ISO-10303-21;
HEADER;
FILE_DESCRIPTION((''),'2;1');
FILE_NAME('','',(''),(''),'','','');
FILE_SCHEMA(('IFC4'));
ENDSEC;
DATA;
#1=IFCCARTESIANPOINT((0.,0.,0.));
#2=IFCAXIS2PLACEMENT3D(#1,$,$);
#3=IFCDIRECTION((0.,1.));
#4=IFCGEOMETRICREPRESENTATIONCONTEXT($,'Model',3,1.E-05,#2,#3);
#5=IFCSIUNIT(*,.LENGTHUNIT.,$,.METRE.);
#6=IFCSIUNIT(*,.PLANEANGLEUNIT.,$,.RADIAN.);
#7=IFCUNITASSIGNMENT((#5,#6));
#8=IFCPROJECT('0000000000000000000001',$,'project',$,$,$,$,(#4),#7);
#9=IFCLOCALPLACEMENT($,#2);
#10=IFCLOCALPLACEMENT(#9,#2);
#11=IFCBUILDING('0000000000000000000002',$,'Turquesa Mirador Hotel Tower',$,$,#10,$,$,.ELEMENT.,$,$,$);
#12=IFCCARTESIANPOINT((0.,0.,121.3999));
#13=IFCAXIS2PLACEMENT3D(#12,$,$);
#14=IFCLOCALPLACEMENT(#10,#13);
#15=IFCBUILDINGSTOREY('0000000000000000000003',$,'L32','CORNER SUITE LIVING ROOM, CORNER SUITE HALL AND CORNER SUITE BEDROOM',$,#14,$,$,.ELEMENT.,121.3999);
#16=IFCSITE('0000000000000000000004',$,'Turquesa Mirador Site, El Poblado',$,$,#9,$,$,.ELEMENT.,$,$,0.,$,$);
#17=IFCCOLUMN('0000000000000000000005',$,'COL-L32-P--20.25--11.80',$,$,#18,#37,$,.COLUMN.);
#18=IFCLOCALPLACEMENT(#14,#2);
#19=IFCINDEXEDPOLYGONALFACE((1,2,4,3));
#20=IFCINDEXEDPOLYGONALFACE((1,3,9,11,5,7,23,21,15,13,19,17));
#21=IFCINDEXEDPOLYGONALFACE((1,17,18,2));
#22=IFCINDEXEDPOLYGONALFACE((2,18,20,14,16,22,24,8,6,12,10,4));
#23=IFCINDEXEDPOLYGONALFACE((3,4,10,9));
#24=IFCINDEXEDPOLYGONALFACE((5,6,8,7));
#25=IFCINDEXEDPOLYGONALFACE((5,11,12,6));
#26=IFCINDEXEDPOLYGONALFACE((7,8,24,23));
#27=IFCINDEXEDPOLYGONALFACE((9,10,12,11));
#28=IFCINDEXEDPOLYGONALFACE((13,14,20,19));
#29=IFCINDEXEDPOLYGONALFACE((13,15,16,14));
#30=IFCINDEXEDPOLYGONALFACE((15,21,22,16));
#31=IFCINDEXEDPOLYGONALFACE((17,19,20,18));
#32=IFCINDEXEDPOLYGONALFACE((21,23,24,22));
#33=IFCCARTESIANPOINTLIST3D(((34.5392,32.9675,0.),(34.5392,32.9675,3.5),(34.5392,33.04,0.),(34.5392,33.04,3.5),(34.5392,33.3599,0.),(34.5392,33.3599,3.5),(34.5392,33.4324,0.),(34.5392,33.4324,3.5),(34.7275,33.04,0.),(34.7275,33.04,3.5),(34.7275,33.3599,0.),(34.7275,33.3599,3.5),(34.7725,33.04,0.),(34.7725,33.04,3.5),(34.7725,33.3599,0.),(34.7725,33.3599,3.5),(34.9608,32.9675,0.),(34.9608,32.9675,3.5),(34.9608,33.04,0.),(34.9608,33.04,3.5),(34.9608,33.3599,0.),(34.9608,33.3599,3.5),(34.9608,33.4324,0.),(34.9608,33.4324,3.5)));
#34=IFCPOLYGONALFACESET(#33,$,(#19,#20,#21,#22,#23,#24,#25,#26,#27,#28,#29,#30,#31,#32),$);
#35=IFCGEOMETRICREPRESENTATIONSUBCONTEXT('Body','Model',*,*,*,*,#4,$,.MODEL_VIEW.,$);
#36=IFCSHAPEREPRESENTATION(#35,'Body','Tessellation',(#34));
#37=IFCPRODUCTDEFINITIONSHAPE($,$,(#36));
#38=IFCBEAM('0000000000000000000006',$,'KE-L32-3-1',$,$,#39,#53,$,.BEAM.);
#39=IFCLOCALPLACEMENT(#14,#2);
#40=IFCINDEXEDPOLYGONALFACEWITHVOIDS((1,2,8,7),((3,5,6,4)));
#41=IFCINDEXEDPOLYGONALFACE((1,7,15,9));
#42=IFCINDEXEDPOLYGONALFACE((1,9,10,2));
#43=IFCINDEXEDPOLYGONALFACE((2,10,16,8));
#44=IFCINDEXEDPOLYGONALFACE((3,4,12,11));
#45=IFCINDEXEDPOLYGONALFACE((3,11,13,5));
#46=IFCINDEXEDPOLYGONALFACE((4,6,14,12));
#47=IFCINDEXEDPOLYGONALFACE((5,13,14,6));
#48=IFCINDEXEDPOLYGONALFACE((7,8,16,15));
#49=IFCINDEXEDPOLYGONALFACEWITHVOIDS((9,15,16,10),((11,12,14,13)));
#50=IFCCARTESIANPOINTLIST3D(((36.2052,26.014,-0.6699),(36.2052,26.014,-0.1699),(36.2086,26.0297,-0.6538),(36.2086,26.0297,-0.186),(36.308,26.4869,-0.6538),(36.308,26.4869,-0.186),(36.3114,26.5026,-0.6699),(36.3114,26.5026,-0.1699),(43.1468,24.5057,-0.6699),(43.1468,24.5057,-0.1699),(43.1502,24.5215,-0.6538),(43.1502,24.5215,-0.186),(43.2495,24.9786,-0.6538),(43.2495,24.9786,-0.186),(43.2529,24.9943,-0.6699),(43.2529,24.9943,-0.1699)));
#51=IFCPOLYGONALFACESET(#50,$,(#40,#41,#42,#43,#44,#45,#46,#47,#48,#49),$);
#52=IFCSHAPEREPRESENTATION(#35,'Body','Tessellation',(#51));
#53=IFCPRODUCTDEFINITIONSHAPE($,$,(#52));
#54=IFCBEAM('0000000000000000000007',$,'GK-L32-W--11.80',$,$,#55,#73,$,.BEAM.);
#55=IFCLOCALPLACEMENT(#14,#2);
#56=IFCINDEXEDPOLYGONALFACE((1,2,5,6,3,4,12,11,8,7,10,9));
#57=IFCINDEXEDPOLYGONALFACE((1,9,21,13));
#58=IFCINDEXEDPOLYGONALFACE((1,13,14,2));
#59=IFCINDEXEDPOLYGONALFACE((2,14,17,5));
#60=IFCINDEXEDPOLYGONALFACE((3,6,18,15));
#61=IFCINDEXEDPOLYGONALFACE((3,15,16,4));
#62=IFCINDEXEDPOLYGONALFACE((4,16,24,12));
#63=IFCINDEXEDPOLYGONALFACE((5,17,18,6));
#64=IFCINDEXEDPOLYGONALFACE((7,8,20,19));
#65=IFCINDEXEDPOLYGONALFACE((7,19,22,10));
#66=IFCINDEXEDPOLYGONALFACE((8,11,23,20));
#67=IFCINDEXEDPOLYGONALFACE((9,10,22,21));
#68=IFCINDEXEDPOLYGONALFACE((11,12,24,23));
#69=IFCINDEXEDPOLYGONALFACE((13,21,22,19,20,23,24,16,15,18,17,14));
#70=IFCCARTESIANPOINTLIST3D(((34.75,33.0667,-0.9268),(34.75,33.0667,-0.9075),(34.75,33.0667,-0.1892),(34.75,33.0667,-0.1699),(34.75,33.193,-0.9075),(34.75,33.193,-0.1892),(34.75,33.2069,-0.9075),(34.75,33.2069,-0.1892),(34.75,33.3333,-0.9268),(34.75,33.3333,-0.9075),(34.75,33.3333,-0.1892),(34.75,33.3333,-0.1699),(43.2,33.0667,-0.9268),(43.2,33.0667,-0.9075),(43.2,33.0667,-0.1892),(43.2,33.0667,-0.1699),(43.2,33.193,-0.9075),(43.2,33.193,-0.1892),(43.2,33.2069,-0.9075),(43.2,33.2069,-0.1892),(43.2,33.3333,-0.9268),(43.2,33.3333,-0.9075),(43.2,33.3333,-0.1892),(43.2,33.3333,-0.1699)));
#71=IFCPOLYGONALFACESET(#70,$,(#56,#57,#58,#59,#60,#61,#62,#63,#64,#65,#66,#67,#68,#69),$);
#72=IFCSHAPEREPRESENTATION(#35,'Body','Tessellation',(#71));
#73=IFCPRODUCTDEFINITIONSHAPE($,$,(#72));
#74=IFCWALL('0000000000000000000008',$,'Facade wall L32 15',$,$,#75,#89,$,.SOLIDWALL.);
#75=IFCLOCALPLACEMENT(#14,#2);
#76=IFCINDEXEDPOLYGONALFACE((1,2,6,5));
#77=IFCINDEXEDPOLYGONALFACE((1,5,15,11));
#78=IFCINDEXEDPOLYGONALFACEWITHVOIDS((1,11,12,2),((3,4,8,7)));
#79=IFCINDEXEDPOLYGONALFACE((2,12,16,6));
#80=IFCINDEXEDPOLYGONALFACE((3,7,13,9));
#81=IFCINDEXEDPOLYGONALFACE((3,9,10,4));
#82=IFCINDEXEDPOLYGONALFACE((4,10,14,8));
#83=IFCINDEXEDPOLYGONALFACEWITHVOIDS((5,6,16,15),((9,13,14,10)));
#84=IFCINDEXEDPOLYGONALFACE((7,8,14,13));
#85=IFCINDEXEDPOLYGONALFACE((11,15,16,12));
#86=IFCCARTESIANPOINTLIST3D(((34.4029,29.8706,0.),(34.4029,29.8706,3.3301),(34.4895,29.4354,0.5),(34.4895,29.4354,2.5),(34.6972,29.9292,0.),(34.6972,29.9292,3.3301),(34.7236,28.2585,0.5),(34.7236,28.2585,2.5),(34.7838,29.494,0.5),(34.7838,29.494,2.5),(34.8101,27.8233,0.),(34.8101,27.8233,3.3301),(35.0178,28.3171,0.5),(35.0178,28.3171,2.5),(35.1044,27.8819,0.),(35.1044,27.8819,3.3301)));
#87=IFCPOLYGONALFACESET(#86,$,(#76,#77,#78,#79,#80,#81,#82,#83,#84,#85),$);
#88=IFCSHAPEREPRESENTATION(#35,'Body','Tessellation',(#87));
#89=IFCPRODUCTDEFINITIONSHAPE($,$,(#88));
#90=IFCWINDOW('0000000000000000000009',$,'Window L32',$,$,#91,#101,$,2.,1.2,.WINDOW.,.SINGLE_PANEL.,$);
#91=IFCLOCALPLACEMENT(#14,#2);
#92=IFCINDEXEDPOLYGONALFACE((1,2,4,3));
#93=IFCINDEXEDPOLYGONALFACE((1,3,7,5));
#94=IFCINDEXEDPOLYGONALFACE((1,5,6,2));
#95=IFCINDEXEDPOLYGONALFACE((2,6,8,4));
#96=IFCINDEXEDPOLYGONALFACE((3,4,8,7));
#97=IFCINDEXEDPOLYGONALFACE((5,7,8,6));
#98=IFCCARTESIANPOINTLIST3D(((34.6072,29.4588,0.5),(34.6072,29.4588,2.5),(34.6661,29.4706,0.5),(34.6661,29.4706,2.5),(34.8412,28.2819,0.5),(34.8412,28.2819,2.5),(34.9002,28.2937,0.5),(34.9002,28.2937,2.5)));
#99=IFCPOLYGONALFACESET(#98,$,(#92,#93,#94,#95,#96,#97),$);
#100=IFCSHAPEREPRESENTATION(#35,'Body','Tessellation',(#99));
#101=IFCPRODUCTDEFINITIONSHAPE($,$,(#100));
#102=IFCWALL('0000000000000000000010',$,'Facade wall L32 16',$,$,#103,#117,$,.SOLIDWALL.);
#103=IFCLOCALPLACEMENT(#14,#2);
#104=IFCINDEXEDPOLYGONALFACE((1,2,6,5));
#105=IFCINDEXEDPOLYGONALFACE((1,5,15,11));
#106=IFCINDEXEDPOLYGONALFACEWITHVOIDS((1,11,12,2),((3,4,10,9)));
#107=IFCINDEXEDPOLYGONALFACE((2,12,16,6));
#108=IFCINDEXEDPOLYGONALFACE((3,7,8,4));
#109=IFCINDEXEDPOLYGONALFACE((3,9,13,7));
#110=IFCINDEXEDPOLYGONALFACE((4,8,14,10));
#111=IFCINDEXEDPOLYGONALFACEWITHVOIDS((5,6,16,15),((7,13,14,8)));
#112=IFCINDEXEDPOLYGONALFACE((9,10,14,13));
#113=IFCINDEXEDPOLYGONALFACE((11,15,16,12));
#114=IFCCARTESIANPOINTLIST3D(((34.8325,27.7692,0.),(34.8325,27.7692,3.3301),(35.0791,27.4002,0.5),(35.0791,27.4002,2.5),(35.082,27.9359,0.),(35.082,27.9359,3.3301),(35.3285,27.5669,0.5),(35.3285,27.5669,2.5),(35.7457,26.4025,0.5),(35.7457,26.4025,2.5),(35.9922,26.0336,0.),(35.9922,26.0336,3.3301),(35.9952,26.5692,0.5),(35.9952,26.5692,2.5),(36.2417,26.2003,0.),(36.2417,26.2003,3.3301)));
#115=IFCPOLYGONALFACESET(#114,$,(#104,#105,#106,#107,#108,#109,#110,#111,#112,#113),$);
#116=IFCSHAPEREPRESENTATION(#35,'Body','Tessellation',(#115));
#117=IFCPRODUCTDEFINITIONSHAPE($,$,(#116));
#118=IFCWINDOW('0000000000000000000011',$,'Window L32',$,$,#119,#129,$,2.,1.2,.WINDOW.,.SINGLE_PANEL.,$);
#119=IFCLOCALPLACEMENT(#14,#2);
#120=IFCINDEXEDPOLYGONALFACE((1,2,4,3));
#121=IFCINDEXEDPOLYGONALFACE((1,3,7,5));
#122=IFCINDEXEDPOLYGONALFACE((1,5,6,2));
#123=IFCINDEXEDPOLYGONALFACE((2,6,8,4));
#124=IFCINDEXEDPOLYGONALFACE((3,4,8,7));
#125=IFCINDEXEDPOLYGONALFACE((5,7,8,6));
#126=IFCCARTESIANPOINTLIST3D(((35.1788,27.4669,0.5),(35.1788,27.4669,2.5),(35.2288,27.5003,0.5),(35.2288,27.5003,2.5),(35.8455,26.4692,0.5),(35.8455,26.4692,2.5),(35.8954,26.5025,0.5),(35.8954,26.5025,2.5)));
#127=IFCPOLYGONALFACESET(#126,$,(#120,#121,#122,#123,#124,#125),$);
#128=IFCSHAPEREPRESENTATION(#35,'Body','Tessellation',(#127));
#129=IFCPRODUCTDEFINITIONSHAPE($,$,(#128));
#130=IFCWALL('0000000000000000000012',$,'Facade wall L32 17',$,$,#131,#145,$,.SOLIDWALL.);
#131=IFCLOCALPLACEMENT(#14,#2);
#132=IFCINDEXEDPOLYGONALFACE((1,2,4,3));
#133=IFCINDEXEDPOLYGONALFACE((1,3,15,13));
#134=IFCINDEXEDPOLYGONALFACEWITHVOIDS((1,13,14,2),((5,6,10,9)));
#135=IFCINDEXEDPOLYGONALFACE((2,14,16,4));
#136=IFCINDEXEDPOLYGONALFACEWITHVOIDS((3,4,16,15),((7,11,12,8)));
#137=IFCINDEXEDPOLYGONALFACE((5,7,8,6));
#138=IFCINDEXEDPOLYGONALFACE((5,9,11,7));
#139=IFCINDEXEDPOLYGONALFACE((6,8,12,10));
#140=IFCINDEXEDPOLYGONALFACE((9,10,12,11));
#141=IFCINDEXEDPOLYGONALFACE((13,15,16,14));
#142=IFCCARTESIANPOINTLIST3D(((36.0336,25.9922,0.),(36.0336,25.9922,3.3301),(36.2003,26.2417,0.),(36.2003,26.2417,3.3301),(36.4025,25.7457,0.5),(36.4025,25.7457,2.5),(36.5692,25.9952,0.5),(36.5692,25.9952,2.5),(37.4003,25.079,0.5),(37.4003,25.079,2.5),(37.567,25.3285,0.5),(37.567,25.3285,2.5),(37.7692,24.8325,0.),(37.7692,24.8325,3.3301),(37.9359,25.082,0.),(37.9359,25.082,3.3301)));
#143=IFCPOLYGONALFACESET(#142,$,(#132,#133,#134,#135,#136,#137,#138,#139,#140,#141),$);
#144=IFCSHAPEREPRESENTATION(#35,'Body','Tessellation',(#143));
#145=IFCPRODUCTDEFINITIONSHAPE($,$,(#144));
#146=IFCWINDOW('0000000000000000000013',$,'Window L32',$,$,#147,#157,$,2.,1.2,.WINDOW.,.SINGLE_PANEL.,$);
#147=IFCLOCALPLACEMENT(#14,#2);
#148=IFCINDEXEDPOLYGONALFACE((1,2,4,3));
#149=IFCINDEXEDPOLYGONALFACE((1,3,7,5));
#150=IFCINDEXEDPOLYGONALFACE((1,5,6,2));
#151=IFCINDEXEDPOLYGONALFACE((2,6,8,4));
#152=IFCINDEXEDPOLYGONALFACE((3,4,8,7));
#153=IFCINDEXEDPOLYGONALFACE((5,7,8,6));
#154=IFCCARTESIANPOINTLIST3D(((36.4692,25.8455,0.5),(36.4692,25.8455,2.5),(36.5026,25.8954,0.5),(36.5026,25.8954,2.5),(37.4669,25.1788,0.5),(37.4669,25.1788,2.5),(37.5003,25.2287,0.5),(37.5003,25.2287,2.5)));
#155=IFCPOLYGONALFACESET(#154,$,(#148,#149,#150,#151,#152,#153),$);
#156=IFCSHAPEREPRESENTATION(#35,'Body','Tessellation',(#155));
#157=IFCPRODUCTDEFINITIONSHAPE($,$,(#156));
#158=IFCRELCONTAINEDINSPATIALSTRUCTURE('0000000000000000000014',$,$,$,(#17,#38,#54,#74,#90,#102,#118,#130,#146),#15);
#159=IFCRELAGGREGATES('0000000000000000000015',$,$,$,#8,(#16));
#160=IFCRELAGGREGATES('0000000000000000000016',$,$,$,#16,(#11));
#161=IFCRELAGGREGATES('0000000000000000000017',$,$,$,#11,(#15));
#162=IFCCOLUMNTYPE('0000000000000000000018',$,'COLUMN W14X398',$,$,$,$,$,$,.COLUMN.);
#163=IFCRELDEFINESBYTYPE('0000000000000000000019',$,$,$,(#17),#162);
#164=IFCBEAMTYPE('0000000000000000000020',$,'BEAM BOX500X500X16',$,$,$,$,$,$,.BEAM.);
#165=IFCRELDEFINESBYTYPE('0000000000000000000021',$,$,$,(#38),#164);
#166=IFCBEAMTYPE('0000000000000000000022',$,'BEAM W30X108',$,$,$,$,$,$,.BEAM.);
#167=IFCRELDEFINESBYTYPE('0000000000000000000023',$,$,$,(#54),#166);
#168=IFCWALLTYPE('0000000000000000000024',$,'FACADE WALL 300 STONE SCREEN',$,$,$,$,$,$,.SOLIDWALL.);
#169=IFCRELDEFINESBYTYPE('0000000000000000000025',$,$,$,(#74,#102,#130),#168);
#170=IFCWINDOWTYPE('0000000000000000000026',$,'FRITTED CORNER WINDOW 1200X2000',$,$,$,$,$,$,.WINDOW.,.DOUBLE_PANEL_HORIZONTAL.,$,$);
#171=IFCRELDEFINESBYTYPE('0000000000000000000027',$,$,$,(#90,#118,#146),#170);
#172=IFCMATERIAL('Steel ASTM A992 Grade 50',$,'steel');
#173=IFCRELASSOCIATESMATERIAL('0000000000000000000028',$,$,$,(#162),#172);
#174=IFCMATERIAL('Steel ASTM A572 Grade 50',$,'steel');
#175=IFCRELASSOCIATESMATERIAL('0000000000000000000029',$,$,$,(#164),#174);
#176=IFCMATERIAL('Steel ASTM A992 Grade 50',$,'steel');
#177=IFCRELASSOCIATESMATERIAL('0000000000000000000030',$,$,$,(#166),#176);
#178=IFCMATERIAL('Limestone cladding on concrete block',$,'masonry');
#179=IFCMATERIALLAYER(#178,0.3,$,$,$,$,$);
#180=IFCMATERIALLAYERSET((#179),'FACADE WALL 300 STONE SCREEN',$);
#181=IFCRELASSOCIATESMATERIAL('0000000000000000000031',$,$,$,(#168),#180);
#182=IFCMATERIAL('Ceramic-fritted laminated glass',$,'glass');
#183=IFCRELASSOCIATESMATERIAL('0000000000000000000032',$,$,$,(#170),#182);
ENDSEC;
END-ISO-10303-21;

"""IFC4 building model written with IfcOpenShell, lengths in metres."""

from ifc_helpers import new_model, si_unit, direction, frame, frame_2d, origin, origin_2d, place, context, subcontext, project, spatial, rectangle, hollow_rectangle, i_section, extrude, material, layer, layer_set, material_profile, profile_set, type_object, element, fill, save


model = new_model("IFC4")

# Units and contexts
model_context = context("Model", 3, precision=1e-05, world=origin(), true_north=direction((0.0, 1.0)))
body_context = subcontext(model_context, "Body", "Model", "MODEL_VIEW")
ifc_project = project(units=[si_unit("LENGTHUNIT", "METRE"), si_unit("PLANEANGLEUNIT", "RADIAN")], contexts=[model_context])

# Site, building, storey
site_placement = place(None, origin())
site = spatial("IfcSite", under=ifc_project, at=site_placement, Name="Turquesa Mirador Site, El Poblado", CompositionType="ELEMENT", RefElevation=0.0)
building_placement = place(site_placement, origin())
building = spatial("IfcBuilding", under=site, at=building_placement, Name="Turquesa Mirador Hotel Tower", CompositionType="ELEMENT")
storey_placement = place(building_placement, frame((0.0, 0.0, 121.3999)))
storey = spatial("IfcBuildingStorey", under=building, at=storey_placement, Name="L32", Description="CORNER SUITE LIVING ROOM, CORNER SUITE HALL AND CORNER SUITE BEDROOM", CompositionType="ELEMENT", Elevation=121.3999)

# Column
ifc_material_1 = material(Name="Steel ASTM A992 Grade 50", Category="steel")
ifc_material_profile_1 = material_profile(ifc_material_1, i_section(OverallWidth=0.4216, OverallDepth=0.4648, WebThickness=0.0449, FlangeThickness=0.0725, at=origin_2d()), Name="W14X398")
ifc_profile_set_1 = profile_set([ifc_material_profile_1], Name="Steel ASTM A992 Grade 50")
column_type = type_object("IfcColumnType", Name="COLUMN W14X398", PredefinedType="COLUMN", material=ifc_profile_set_1)
column_placement = place(storey_placement, frame((34.75, 33.2, 0.0), z_axis=(0.0, 0.0, 1.0), x_axis=(1.0, 0.0, 0.0)))
element("IfcColumn", 1, at=column_placement, inside=storey, type_object=column_type, Name="COL-L32-P--20.25--11.80", PredefinedType="COLUMN", context=body_context, shape_type="SweptSolid", body=[
    extrude(i_section(OverallWidth=0.4216, OverallDepth=0.4648, WebThickness=0.0449, FlangeThickness=0.0725, at=origin_2d()), origin(), (0.0, 0.0, 1.0), 3.5),
])

# Beams
ifc_material_2 = material(Name="Steel ASTM A572 Grade 50", Category="steel")
ifc_material_profile_2 = material_profile(ifc_material_2, hollow_rectangle(XDim=0.5, YDim=0.5, WallThickness=0.0161, at=origin_2d()), Name="BOX500X500X16")
ifc_profile_set_2 = profile_set([ifc_material_profile_2], Name="Steel ASTM A572 Grade 50")
beam_type_1 = type_object("IfcBeamType", Name="BEAM BOX500X500X16", PredefinedType="BEAM", material=ifc_profile_set_2)
beam_1_placement = place(storey_placement, frame((36.2583, 26.2583, -0.4199), z_axis=(0.977198, -0.212328, 0.0), x_axis=(0.212328, 0.977198, 0.0)))
element("IfcBeam", 2, at=beam_1_placement, inside=storey, type_object=beam_type_1, Name="KE-L32-3-1", PredefinedType="BEAM", context=body_context, shape_type="SweptSolid", body=[
    extrude(hollow_rectangle(XDim=0.5, YDim=0.5, WallThickness=0.0161, at=origin_2d()), origin(), (0.0, 0.0, 1.0), 7.1035),
])
ifc_material_3 = material(Name="Steel ASTM A992 Grade 50", Category="steel")
ifc_material_profile_3 = material_profile(ifc_material_3, i_section(OverallWidth=0.2666, OverallDepth=0.7568, WebThickness=0.0139, FlangeThickness=0.0193, at=origin_2d()), Name="W30X108")
ifc_profile_set_3 = profile_set([ifc_material_profile_3], Name="Steel ASTM A992 Grade 50")
beam_type_2 = type_object("IfcBeamType", Name="BEAM W30X108", PredefinedType="BEAM", material=ifc_profile_set_3)
beam_2_placement = place(storey_placement, frame((34.75, 33.2, -0.5483), z_axis=(1.0, 0.0, 0.0), x_axis=(0.0, 1.0, 0.0)))
element("IfcBeam", 3, at=beam_2_placement, inside=storey, type_object=beam_type_2, Name="GK-L32-W--11.80", PredefinedType="BEAM", context=body_context, shape_type="SweptSolid", body=[
    extrude(i_section(OverallWidth=0.2666, OverallDepth=0.7568, WebThickness=0.0139, FlangeThickness=0.0193, at=origin_2d()), origin(), (0.0, 0.0, 1.0), 8.45),
])

# Walls, openings, windows
ifc_material_4 = material(Name="Limestone cladding on concrete block", Category="masonry")
ifc_layer_1 = layer(ifc_material_4, 0.3)
ifc_layer_set_1 = layer_set([ifc_layer_1], Name="FACADE WALL 300 STONE SCREEN")
wall_type_1 = type_object("IfcWallType", Name="FACADE WALL 300 STONE SCREEN", PredefinedType="SOLIDWALL", material=ifc_layer_set_1)
wall_1_placement = place(storey_placement, frame((34.55, 29.8999, 0.0), z_axis=(0.0, 0.0, 1.0), x_axis=(0.195081, -0.980787, 0.0)))
wall_1 = element("IfcWall", 4, at=wall_1_placement, inside=storey, type_object=wall_type_1, Name="Facade wall L32 15", PredefinedType="SOLIDWALL", context=body_context, shape_type="SweptSolid", body=[
    extrude(rectangle(XDim=2.0874, YDim=0.3, at=frame_2d((1.0437, 0.0))), origin(), (0.0, 0.0, 1.0), 3.3301),
])
opening_1_placement = place(wall_1_placement, frame((0.4436, 0.0, 0.5)))
opening_1 = element("IfcOpeningElement", 5, at=opening_1_placement, cuts=wall_1, PredefinedType="OPENING", context=body_context, shape_type="SweptSolid", body=[
    extrude(rectangle(XDim=1.2, YDim=2.0, at=frame_2d((0.6001, 1.0))), frame((0.0, 0.1599, 0.0), z_axis=(0.0, -1.0, 0.0), x_axis=(1.0, 0.0, 0.0)), (0.0, 0.0, 1.0), 0.3201),
])
ifc_material_5 = material(Name="Ceramic-fritted laminated glass", Category="glass")
window_type_1 = type_object("IfcWindowType", Name="FRITTED CORNER WINDOW 1200X2000", PartitioningType="DOUBLE_PANEL_HORIZONTAL", PredefinedType="WINDOW", material=ifc_material_5)
window_1_placement = place(opening_1_placement, origin())
window_1 = element("IfcWindow", 6, at=window_1_placement, inside=storey, type_object=window_type_1, Name="Window L32", OverallHeight=2.0, OverallWidth=1.2, PartitioningType="SINGLE_PANEL", PredefinedType="WINDOW", context=body_context, shape_type="SweptSolid", body=[
    extrude(rectangle(XDim=1.2, YDim=2.0, at=frame_2d((0.6001, 1.0))), frame((0.0, 0.03, 0.0), z_axis=(0.0, -1.0, 0.0), x_axis=(1.0, 0.0, 0.0)), (0.0, 0.0, 1.0), 0.0601),
])
fill(opening_1, window_1)
wall_2_placement = place(storey_placement, frame((34.9573, 27.8525, 0.0), z_axis=(0.0, 0.0, 1.0), x_axis=(0.555564, -0.831474, 0.0)))
wall_2 = element("IfcWall", 7, at=wall_2_placement, inside=storey, type_object=wall_type_1, Name="Facade wall L32 16", PredefinedType="SOLIDWALL", context=body_context, shape_type="SweptSolid", body=[
    extrude(rectangle(XDim=2.0874, YDim=0.3, at=frame_2d((1.0437, 0.0))), origin(), (0.0, 0.0, 1.0), 3.3301),
])
opening_2_placement = place(wall_2_placement, frame((0.4436, 0.0, 0.5)))
opening_2 = element("IfcOpeningElement", 8, at=opening_2_placement, cuts=wall_2, PredefinedType="OPENING", context=body_context, shape_type="SweptSolid", body=[
    extrude(rectangle(XDim=1.2, YDim=2.0, at=frame_2d((0.6001, 1.0))), frame((0.0, 0.1599, 0.0), z_axis=(0.0, -1.0, 0.0), x_axis=(1.0, 0.0, 0.0)), (0.0, 0.0, 1.0), 0.3201),
])
window_2_placement = place(opening_2_placement, origin())
window_2 = element("IfcWindow", 9, at=window_2_placement, inside=storey, type_object=window_type_1, Name="Window L32", OverallHeight=2.0, OverallWidth=1.2, PartitioningType="SINGLE_PANEL", PredefinedType="WINDOW", context=body_context, shape_type="SweptSolid", body=[
    extrude(rectangle(XDim=1.2, YDim=2.0, at=frame_2d((0.6001, 1.0))), frame((0.0, 0.03, 0.0), z_axis=(0.0, -1.0, 0.0), x_axis=(1.0, 0.0, 0.0)), (0.0, 0.0, 1.0), 0.0601),
])
fill(opening_2, window_2)
wall_3_placement = place(storey_placement, frame((36.1169, 26.1169, 0.0), z_axis=(0.0, 0.0, 1.0), x_axis=(0.831474, -0.555564, 0.0)))
wall_3 = element("IfcWall", 10, at=wall_3_placement, inside=storey, type_object=wall_type_1, Name="Facade wall L32 17", PredefinedType="SOLIDWALL", context=body_context, shape_type="SweptSolid", body=[
    extrude(rectangle(XDim=2.0874, YDim=0.3, at=frame_2d((1.0437, 0.0))), origin(), (0.0, 0.0, 1.0), 3.3301),
])
opening_3_placement = place(wall_3_placement, frame((0.4436, 0.0, 0.5)))
opening_3 = element("IfcOpeningElement", 11, at=opening_3_placement, cuts=wall_3, PredefinedType="OPENING", context=body_context, shape_type="SweptSolid", body=[
    extrude(rectangle(XDim=1.2, YDim=2.0, at=frame_2d((0.6001, 1.0))), frame((0.0, 0.1599, 0.0), z_axis=(0.0, -1.0, 0.0), x_axis=(1.0, 0.0, 0.0)), (0.0, 0.0, 1.0), 0.3201),
])
window_3_placement = place(opening_3_placement, origin())
window_3 = element("IfcWindow", 12, at=window_3_placement, inside=storey, type_object=window_type_1, Name="Window L32", OverallHeight=2.0, OverallWidth=1.2, PartitioningType="SINGLE_PANEL", PredefinedType="WINDOW", context=body_context, shape_type="SweptSolid", body=[
    extrude(rectangle(XDim=1.2, YDim=2.0, at=frame_2d((0.6001, 1.0))), frame((0.0, 0.03, 0.0), z_axis=(0.0, -1.0, 0.0), x_axis=(1.0, 0.0, 0.0)), (0.0, 0.0, 1.0), 0.0601),
])
fill(opening_3, window_3)

save(model, "model.ifc")
